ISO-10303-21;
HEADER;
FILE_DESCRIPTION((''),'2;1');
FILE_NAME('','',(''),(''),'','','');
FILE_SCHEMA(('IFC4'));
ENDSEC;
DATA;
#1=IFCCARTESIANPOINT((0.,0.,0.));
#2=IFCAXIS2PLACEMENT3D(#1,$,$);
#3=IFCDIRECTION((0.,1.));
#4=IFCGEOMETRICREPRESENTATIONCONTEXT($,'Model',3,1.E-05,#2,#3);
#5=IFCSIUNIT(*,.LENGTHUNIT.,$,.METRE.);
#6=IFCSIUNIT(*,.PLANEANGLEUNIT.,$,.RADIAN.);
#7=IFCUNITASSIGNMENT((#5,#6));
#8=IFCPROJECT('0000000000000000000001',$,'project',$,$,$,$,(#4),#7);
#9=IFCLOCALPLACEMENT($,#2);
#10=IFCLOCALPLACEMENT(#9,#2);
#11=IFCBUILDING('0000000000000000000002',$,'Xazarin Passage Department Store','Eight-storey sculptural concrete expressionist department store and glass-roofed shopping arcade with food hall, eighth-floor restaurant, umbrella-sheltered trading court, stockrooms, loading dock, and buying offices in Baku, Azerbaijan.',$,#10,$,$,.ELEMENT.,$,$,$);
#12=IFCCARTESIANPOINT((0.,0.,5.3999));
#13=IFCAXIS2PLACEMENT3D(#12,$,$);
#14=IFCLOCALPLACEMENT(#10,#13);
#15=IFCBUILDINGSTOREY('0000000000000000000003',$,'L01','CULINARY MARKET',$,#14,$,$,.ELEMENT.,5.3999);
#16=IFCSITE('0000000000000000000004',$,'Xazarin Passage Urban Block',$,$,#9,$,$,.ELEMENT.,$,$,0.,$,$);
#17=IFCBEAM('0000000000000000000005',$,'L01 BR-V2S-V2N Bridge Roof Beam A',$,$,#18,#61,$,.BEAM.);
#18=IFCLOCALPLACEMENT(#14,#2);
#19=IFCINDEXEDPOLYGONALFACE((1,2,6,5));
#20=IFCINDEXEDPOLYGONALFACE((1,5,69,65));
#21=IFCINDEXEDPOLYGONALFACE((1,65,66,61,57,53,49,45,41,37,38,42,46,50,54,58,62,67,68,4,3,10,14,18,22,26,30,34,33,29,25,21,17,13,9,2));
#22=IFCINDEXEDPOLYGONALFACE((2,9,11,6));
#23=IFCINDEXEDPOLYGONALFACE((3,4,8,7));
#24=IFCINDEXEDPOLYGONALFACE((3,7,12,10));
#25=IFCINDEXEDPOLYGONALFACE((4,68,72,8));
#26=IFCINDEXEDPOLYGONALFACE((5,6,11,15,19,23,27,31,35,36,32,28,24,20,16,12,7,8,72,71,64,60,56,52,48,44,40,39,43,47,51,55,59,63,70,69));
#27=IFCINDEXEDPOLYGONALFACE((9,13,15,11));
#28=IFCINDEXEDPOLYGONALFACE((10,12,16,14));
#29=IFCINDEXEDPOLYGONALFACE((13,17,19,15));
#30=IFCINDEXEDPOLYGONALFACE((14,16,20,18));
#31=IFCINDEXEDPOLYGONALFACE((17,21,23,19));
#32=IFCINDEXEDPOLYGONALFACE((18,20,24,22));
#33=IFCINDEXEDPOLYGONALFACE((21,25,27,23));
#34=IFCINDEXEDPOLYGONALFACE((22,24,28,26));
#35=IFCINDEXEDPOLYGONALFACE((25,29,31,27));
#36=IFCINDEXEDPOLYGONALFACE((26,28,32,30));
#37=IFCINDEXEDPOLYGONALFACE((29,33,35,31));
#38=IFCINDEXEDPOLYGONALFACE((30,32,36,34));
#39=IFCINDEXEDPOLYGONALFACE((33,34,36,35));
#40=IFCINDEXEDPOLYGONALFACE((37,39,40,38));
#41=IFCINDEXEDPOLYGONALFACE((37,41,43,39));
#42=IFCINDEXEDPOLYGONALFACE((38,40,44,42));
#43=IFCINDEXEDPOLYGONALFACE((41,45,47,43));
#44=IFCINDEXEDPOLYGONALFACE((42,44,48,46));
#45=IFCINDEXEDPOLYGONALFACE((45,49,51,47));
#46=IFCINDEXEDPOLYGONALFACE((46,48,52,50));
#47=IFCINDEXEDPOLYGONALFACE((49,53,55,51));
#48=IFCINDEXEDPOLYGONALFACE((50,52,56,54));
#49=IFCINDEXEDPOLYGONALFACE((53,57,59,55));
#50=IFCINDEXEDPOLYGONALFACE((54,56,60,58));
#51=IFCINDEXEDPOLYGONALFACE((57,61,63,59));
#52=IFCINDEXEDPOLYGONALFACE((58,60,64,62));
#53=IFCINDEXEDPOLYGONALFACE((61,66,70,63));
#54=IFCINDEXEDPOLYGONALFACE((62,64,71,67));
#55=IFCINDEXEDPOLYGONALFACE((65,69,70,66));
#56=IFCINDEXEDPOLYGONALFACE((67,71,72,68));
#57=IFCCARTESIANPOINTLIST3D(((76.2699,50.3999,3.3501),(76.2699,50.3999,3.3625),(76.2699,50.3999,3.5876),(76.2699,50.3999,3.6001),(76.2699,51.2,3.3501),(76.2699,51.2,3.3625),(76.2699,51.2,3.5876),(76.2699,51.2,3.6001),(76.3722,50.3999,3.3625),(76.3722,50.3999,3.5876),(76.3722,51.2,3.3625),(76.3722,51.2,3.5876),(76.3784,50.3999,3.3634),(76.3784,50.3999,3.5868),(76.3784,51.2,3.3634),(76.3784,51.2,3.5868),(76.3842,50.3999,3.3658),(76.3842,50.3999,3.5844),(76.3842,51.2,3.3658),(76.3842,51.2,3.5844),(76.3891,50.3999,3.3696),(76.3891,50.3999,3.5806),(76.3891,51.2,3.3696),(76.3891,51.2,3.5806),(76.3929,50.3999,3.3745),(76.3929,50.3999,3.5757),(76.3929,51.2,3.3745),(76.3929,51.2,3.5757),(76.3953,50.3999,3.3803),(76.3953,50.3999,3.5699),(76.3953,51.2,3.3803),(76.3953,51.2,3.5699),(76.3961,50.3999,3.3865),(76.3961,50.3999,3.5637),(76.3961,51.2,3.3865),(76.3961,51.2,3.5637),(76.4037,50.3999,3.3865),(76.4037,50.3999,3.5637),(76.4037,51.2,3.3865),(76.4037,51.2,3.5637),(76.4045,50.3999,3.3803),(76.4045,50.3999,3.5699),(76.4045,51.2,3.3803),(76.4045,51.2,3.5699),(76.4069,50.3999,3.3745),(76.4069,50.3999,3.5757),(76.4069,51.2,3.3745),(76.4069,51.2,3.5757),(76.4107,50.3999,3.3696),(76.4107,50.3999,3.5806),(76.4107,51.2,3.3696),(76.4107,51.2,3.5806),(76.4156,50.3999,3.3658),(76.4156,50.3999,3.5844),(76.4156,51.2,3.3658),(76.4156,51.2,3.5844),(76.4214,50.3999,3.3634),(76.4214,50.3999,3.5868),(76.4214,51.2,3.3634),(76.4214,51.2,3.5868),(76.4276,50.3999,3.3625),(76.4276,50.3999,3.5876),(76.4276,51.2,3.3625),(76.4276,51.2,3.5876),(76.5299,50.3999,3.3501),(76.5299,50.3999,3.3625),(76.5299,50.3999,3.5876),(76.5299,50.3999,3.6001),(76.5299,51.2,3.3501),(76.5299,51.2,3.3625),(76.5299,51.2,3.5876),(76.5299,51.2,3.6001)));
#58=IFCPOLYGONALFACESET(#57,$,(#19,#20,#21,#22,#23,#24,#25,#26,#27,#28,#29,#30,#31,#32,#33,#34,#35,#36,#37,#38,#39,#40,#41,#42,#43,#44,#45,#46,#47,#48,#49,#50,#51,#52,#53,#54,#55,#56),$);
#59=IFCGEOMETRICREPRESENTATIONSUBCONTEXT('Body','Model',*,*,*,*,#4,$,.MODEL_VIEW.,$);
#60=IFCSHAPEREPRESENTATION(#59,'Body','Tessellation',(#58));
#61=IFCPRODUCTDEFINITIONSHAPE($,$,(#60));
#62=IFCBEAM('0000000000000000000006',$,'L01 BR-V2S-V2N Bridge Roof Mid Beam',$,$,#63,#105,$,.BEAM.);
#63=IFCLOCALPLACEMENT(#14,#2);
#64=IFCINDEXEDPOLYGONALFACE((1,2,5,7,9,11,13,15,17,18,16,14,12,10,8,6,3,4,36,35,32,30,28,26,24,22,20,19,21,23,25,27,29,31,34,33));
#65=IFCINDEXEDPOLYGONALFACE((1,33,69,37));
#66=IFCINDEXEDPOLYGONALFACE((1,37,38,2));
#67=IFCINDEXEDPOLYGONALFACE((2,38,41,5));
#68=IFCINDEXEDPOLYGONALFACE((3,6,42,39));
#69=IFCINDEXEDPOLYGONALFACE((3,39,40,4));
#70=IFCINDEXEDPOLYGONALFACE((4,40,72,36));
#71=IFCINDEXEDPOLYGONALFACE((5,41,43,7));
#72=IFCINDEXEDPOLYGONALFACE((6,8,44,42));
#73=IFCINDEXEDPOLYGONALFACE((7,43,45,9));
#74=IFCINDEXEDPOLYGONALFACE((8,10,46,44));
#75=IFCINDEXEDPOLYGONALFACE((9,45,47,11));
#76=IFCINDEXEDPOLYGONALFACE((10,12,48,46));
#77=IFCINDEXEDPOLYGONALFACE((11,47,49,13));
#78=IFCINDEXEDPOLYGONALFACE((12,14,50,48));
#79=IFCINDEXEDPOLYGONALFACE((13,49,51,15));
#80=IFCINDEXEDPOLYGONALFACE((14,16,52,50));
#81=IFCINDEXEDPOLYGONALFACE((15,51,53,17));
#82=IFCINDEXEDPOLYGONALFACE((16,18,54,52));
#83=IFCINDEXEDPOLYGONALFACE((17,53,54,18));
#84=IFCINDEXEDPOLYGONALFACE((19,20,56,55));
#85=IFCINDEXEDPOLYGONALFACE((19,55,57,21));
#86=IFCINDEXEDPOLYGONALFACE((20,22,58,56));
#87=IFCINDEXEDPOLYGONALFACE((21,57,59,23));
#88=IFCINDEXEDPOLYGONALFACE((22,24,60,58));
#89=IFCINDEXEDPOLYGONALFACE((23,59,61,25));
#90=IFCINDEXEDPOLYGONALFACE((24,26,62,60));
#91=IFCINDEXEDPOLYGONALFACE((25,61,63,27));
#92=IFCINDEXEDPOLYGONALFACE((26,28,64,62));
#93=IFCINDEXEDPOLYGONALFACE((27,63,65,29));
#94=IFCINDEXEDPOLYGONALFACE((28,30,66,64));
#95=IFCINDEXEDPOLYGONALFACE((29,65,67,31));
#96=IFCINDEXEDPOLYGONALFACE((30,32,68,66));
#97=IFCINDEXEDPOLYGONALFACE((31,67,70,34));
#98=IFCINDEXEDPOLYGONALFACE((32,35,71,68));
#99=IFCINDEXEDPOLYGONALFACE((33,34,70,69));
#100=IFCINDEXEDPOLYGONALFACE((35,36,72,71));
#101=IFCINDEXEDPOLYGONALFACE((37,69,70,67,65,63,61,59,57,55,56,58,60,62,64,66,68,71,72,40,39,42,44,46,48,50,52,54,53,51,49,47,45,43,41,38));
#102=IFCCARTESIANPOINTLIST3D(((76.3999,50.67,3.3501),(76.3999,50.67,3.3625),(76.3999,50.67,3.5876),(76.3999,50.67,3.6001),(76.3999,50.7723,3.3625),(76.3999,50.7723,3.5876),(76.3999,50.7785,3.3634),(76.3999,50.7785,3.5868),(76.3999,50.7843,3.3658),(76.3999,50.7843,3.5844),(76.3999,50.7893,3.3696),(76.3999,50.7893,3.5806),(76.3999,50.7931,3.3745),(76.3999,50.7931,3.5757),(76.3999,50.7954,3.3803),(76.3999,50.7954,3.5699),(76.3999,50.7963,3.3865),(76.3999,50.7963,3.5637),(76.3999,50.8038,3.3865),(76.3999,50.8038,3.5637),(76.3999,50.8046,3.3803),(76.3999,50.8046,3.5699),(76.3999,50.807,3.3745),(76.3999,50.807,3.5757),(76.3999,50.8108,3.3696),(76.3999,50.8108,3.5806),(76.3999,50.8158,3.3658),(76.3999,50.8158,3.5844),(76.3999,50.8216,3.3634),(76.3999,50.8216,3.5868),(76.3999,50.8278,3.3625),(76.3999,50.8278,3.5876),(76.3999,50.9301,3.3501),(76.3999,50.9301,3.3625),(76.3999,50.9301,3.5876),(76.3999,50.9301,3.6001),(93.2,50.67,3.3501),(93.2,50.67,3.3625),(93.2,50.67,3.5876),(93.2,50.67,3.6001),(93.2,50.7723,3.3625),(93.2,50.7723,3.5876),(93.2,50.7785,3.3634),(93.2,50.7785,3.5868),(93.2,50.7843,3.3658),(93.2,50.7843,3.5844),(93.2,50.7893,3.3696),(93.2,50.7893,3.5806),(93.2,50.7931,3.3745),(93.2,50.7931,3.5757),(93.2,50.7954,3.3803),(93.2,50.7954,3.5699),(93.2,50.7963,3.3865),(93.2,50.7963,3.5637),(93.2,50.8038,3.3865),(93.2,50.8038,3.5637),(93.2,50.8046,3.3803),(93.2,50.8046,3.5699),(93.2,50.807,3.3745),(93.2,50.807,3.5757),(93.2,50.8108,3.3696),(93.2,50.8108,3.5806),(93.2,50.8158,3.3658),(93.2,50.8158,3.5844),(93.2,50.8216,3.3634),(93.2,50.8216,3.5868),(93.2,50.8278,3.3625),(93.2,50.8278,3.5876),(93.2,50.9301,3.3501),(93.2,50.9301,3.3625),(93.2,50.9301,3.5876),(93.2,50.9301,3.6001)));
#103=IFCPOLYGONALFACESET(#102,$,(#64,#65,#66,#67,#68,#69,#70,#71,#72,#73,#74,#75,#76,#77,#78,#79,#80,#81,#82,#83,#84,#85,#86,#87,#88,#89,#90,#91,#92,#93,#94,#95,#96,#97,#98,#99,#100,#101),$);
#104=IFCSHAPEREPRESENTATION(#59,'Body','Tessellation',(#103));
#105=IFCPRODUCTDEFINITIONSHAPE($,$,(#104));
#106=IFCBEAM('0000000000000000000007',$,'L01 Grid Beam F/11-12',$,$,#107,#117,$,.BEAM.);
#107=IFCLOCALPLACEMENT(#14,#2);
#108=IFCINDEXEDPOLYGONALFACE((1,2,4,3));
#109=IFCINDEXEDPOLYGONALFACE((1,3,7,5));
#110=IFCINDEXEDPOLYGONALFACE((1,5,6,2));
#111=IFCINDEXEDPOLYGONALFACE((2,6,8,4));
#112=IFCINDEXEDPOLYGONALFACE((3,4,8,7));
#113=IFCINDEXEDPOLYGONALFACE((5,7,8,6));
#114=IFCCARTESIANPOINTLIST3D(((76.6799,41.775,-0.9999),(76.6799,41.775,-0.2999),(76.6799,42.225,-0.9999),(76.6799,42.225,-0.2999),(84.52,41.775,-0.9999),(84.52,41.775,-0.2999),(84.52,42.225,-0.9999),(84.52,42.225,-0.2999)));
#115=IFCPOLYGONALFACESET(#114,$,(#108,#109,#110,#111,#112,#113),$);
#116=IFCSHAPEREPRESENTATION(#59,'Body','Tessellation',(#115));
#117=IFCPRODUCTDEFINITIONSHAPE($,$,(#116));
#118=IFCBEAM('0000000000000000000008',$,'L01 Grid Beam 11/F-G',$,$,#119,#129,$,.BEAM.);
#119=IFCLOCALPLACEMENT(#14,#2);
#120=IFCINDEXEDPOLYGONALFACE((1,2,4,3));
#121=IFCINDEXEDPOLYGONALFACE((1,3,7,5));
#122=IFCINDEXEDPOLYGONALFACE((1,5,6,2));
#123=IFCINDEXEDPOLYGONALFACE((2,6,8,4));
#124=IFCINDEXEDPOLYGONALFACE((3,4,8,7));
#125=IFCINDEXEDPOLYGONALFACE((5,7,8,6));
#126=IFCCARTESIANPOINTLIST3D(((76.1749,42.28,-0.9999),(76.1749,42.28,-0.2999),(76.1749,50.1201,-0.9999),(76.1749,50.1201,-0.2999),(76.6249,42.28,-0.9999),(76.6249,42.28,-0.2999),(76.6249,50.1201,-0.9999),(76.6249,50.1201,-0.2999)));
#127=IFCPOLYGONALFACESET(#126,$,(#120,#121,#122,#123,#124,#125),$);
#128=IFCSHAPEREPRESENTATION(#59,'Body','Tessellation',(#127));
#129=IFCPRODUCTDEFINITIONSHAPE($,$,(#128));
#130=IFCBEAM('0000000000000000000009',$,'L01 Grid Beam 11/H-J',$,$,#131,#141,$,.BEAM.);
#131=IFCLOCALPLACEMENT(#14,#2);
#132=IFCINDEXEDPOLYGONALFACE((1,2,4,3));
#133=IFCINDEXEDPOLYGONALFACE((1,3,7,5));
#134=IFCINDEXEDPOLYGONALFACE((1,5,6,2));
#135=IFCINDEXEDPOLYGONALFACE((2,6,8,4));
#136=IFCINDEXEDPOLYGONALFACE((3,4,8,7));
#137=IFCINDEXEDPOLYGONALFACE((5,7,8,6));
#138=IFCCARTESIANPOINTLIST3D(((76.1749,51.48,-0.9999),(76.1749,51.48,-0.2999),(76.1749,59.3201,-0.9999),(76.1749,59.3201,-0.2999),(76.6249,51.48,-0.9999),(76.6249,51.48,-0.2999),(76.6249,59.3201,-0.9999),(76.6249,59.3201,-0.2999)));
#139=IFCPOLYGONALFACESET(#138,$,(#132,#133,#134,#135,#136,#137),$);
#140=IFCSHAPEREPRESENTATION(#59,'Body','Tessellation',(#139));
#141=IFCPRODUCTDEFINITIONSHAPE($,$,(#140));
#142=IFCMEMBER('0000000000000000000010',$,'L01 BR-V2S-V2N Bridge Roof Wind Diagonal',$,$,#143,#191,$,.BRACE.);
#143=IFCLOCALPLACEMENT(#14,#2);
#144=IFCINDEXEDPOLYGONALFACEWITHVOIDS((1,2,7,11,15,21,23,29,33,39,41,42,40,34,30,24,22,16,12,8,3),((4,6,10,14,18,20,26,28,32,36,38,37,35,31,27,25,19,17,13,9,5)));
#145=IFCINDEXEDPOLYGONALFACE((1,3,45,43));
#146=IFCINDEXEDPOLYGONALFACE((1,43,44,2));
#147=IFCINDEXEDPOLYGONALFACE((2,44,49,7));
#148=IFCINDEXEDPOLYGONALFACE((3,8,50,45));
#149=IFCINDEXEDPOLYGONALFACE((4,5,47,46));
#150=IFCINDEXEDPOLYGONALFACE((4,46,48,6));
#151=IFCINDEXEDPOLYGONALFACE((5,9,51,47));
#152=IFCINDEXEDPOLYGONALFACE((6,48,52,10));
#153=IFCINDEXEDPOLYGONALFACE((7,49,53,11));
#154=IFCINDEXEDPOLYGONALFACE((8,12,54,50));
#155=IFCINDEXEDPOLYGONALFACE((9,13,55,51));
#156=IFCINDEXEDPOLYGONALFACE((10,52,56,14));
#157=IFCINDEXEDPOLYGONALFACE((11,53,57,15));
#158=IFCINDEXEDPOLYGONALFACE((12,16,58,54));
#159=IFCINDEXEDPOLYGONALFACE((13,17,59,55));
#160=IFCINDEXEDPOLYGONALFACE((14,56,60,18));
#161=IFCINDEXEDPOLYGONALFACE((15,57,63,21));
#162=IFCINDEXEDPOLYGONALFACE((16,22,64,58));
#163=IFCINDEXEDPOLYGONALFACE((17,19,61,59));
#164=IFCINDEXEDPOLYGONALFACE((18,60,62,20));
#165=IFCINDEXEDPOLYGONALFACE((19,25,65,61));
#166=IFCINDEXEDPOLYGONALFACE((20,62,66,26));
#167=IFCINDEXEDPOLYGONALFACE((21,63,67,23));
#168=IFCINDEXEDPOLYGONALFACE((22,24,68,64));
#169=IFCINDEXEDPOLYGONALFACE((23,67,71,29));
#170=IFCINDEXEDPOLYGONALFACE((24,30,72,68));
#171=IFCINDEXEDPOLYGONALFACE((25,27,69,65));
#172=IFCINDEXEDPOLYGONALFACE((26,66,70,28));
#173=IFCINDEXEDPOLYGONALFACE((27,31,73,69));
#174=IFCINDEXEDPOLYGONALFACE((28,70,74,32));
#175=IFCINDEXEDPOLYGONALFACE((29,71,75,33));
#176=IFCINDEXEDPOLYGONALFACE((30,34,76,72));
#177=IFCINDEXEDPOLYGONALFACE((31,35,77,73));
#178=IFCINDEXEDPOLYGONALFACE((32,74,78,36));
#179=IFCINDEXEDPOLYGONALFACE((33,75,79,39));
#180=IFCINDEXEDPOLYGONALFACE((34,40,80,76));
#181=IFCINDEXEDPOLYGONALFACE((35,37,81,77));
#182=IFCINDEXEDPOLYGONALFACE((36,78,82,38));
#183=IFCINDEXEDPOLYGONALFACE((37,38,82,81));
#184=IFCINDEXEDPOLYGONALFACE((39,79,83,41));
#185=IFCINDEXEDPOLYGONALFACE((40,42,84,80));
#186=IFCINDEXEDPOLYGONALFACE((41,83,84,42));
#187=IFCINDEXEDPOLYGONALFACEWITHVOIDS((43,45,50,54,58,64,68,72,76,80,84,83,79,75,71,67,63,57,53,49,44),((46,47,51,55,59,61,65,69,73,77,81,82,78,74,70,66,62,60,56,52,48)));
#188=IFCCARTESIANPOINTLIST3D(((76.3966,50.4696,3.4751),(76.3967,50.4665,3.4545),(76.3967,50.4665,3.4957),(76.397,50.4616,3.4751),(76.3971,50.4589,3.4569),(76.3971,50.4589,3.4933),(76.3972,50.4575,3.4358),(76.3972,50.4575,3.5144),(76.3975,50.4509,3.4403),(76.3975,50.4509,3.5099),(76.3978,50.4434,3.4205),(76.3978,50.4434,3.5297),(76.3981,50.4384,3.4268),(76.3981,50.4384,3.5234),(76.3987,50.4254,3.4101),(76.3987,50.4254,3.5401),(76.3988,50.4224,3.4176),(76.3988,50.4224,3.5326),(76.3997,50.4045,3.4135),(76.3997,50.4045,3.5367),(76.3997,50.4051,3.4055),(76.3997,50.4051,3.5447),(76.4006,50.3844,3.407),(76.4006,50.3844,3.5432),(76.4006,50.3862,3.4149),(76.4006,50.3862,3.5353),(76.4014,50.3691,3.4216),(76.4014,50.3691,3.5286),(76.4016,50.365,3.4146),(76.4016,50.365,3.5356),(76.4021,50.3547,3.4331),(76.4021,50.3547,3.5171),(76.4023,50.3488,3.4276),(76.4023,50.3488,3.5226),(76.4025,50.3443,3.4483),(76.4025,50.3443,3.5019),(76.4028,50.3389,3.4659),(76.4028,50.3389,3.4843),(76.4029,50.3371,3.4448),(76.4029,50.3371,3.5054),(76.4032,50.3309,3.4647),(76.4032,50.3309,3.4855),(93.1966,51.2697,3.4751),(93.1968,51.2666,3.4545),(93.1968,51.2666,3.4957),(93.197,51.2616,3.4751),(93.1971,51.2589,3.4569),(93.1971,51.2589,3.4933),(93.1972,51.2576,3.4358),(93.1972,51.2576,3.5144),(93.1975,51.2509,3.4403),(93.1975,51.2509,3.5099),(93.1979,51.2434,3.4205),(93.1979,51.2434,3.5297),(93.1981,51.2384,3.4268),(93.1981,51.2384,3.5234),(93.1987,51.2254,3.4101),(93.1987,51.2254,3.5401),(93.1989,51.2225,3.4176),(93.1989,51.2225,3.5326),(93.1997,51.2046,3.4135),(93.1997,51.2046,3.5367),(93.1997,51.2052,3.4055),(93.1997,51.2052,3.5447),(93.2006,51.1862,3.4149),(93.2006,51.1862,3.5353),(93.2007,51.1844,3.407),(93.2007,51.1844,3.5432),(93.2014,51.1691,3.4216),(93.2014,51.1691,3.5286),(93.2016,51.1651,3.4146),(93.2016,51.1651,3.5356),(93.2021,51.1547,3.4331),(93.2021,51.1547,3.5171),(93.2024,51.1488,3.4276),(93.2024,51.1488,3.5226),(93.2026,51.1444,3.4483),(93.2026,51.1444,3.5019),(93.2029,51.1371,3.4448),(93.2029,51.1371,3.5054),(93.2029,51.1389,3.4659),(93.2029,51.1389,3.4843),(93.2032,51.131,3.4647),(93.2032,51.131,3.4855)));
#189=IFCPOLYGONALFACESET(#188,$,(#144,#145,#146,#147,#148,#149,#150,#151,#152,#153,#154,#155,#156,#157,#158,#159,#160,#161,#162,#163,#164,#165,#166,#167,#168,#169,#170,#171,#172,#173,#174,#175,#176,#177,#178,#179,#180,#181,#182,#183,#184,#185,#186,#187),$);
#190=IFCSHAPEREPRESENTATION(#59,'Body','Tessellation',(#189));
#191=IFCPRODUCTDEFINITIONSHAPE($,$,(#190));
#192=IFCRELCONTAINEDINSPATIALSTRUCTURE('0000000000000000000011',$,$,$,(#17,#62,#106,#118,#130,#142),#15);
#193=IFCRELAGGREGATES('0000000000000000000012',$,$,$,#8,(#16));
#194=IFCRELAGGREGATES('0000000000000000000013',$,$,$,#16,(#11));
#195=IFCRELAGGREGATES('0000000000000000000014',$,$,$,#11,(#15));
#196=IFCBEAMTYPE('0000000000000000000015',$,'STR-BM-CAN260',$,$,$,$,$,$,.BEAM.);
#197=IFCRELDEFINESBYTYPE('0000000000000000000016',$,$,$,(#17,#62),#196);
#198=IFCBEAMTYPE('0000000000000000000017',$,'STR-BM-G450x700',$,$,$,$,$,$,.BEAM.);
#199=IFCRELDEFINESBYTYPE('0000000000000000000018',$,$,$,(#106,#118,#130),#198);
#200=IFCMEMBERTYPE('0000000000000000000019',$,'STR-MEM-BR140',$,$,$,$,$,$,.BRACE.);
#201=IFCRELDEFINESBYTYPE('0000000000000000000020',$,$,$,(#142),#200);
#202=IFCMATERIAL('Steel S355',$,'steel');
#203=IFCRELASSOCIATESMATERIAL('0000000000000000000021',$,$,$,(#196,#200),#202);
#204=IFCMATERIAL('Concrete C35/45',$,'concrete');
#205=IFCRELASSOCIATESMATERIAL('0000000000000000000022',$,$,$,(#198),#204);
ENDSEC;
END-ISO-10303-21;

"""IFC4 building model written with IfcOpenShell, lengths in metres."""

from ifc_helpers import new_model, si_unit, direction, frame, origin, origin_2d, place, context, subcontext, project, spatial, rectangle, hollow_circle, i_section, extrude, material, material_profile, profile_set, type_object, element, save


model = new_model("IFC4")

# Units and contexts
model_context = context("Model", 3, precision=1e-05, world=origin(), true_north=direction((0.0, 1.0)))
body_context = subcontext(model_context, "Body", "Model", "MODEL_VIEW")
ifc_project = project(units=[si_unit("LENGTHUNIT", "METRE"), si_unit("PLANEANGLEUNIT", "RADIAN")], contexts=[model_context])

# Site, building, storey
site_placement = place(None, origin())
site = spatial("IfcSite", under=ifc_project, at=site_placement, Name="Xazarin Passage Urban Block", CompositionType="ELEMENT", RefElevation=0.0)
building_placement = place(site_placement, origin())
building = spatial("IfcBuilding", under=site, at=building_placement, Name="Xazarin Passage Department Store", Description="Eight-storey sculptural concrete expressionist department store and glass-roofed shopping arcade with food hall, eighth-floor restaurant, umbrella-sheltered trading court, stockrooms, loading dock, and buying offices in Baku, Azerbaijan.", CompositionType="ELEMENT")
storey_placement = place(building_placement, frame((0.0, 0.0, 5.3999)))
storey = spatial("IfcBuildingStorey", under=building, at=storey_placement, Name="L01", Description="CULINARY MARKET", CompositionType="ELEMENT", Elevation=5.3999)

# Beams
ifc_material_1 = material(Name="Steel S355", Category="steel")
ifc_material_profile_1 = material_profile(ifc_material_1, i_section(OverallWidth=0.26, OverallDepth=0.25, WebThickness=0.0076, FlangeThickness=0.0125, FilletRadius=0.0239, at=origin_2d()), Name="HEA 260")
ifc_profile_set_1 = profile_set([ifc_material_profile_1], Name="Steel S355")
beam_type_1 = type_object("IfcBeamType", Name="STR-BM-CAN260", PredefinedType="BEAM", material=ifc_profile_set_1)
beam_1_placement = place(storey_placement, frame((76.3999, 50.3999, 3.4751), z_axis=(0.0, 1.0, 0.0), x_axis=(-1.0, 0.0, 0.0)))
element("IfcBeam", 1, at=beam_1_placement, inside=storey, type_object=beam_type_1, Name="L01 BR-V2S-V2N Bridge Roof Beam A", PredefinedType="BEAM", context=body_context, shape_type="SweptSolid", body=[
    extrude(i_section(OverallWidth=0.26, OverallDepth=0.25, WebThickness=0.0076, FlangeThickness=0.0125, FilletRadius=0.0239, at=origin_2d()), origin(), (0.0, 0.0, 1.0), 0.8),
])
beam_2_placement = place(storey_placement, frame((76.3999, 50.8, 3.4751), z_axis=(1.0, 0.0, 0.0), x_axis=(0.0, 1.0, 0.0)))
element("IfcBeam", 2, at=beam_2_placement, inside=storey, type_object=beam_type_1, Name="L01 BR-V2S-V2N Bridge Roof Mid Beam", PredefinedType="BEAM", context=body_context, shape_type="SweptSolid", body=[
    extrude(i_section(OverallWidth=0.26, OverallDepth=0.25, WebThickness=0.0076, FlangeThickness=0.0125, FilletRadius=0.0239, at=origin_2d()), origin(), (0.0, 0.0, 1.0), 16.8),
])
ifc_material_2 = material(Name="Concrete C35/45", Category="concrete")
ifc_material_profile_2 = material_profile(ifc_material_2, rectangle(XDim=0.45, YDim=0.7, at=origin_2d()), Name="RC 450x700")
ifc_profile_set_2 = profile_set([ifc_material_profile_2], Name="Concrete C35/45")
beam_type_2 = type_object("IfcBeamType", Name="STR-BM-G450x700", PredefinedType="BEAM", material=ifc_profile_set_2)
for number, where, z_axis, x_axis, name in (
    (3, (76.6799, 42.0, -0.6499), (1.0, 0.0, 0.0), (0.0, 1.0, 0.0), "L01 Grid Beam F/11-12"),
    (4, (76.3999, 42.28, -0.6499), (0.0, 1.0, 0.0), (-1.0, 0.0, 0.0), "L01 Grid Beam 11/F-G"),
    (5, (76.3999, 51.48, -0.6499), (0.0, 1.0, 0.0), (-1.0, 0.0, 0.0), "L01 Grid Beam 11/H-J"),
):
    element("IfcBeam", number, at=place(storey_placement, frame(where, z_axis=z_axis, x_axis=x_axis)), inside=storey, type_object=beam_type_2, Name=name, PredefinedType="BEAM", context=body_context, shape_type="SweptSolid", body=[
        extrude(rectangle(XDim=0.45, YDim=0.7, at=origin_2d()), origin(), (0.0, 0.0, 1.0), 7.8401),
    ])

# Member
ifc_material_profile_3 = material_profile(ifc_material_1, hollow_circle(Radius=0.0698, WallThickness=0.0081, at=origin_2d()), Name="CHS 139.7x8")
ifc_profile_set_3 = profile_set([ifc_material_profile_3], Name="Steel S355")
member_type_1 = type_object("IfcMemberType", Name="STR-MEM-BR140", PredefinedType="BRACE", material=ifc_profile_set_3)
member_1_placement = place(storey_placement, frame((76.3999, 50.3999, 3.4751), z_axis=(0.998868, 0.047568, 0.0), x_axis=(-0.047568, 0.998868, 0.0)))
element("IfcMember", 6, at=member_1_placement, inside=storey, type_object=member_type_1, Name="L01 BR-V2S-V2N Bridge Roof Wind Diagonal", PredefinedType="BRACE", context=body_context, shape_type="SweptSolid", body=[
    extrude(hollow_circle(Radius=0.0698, WallThickness=0.0081, at=origin_2d()), origin(), (0.0, 0.0, 1.0), 16.8191),
])

save(model, "model.ifc")
